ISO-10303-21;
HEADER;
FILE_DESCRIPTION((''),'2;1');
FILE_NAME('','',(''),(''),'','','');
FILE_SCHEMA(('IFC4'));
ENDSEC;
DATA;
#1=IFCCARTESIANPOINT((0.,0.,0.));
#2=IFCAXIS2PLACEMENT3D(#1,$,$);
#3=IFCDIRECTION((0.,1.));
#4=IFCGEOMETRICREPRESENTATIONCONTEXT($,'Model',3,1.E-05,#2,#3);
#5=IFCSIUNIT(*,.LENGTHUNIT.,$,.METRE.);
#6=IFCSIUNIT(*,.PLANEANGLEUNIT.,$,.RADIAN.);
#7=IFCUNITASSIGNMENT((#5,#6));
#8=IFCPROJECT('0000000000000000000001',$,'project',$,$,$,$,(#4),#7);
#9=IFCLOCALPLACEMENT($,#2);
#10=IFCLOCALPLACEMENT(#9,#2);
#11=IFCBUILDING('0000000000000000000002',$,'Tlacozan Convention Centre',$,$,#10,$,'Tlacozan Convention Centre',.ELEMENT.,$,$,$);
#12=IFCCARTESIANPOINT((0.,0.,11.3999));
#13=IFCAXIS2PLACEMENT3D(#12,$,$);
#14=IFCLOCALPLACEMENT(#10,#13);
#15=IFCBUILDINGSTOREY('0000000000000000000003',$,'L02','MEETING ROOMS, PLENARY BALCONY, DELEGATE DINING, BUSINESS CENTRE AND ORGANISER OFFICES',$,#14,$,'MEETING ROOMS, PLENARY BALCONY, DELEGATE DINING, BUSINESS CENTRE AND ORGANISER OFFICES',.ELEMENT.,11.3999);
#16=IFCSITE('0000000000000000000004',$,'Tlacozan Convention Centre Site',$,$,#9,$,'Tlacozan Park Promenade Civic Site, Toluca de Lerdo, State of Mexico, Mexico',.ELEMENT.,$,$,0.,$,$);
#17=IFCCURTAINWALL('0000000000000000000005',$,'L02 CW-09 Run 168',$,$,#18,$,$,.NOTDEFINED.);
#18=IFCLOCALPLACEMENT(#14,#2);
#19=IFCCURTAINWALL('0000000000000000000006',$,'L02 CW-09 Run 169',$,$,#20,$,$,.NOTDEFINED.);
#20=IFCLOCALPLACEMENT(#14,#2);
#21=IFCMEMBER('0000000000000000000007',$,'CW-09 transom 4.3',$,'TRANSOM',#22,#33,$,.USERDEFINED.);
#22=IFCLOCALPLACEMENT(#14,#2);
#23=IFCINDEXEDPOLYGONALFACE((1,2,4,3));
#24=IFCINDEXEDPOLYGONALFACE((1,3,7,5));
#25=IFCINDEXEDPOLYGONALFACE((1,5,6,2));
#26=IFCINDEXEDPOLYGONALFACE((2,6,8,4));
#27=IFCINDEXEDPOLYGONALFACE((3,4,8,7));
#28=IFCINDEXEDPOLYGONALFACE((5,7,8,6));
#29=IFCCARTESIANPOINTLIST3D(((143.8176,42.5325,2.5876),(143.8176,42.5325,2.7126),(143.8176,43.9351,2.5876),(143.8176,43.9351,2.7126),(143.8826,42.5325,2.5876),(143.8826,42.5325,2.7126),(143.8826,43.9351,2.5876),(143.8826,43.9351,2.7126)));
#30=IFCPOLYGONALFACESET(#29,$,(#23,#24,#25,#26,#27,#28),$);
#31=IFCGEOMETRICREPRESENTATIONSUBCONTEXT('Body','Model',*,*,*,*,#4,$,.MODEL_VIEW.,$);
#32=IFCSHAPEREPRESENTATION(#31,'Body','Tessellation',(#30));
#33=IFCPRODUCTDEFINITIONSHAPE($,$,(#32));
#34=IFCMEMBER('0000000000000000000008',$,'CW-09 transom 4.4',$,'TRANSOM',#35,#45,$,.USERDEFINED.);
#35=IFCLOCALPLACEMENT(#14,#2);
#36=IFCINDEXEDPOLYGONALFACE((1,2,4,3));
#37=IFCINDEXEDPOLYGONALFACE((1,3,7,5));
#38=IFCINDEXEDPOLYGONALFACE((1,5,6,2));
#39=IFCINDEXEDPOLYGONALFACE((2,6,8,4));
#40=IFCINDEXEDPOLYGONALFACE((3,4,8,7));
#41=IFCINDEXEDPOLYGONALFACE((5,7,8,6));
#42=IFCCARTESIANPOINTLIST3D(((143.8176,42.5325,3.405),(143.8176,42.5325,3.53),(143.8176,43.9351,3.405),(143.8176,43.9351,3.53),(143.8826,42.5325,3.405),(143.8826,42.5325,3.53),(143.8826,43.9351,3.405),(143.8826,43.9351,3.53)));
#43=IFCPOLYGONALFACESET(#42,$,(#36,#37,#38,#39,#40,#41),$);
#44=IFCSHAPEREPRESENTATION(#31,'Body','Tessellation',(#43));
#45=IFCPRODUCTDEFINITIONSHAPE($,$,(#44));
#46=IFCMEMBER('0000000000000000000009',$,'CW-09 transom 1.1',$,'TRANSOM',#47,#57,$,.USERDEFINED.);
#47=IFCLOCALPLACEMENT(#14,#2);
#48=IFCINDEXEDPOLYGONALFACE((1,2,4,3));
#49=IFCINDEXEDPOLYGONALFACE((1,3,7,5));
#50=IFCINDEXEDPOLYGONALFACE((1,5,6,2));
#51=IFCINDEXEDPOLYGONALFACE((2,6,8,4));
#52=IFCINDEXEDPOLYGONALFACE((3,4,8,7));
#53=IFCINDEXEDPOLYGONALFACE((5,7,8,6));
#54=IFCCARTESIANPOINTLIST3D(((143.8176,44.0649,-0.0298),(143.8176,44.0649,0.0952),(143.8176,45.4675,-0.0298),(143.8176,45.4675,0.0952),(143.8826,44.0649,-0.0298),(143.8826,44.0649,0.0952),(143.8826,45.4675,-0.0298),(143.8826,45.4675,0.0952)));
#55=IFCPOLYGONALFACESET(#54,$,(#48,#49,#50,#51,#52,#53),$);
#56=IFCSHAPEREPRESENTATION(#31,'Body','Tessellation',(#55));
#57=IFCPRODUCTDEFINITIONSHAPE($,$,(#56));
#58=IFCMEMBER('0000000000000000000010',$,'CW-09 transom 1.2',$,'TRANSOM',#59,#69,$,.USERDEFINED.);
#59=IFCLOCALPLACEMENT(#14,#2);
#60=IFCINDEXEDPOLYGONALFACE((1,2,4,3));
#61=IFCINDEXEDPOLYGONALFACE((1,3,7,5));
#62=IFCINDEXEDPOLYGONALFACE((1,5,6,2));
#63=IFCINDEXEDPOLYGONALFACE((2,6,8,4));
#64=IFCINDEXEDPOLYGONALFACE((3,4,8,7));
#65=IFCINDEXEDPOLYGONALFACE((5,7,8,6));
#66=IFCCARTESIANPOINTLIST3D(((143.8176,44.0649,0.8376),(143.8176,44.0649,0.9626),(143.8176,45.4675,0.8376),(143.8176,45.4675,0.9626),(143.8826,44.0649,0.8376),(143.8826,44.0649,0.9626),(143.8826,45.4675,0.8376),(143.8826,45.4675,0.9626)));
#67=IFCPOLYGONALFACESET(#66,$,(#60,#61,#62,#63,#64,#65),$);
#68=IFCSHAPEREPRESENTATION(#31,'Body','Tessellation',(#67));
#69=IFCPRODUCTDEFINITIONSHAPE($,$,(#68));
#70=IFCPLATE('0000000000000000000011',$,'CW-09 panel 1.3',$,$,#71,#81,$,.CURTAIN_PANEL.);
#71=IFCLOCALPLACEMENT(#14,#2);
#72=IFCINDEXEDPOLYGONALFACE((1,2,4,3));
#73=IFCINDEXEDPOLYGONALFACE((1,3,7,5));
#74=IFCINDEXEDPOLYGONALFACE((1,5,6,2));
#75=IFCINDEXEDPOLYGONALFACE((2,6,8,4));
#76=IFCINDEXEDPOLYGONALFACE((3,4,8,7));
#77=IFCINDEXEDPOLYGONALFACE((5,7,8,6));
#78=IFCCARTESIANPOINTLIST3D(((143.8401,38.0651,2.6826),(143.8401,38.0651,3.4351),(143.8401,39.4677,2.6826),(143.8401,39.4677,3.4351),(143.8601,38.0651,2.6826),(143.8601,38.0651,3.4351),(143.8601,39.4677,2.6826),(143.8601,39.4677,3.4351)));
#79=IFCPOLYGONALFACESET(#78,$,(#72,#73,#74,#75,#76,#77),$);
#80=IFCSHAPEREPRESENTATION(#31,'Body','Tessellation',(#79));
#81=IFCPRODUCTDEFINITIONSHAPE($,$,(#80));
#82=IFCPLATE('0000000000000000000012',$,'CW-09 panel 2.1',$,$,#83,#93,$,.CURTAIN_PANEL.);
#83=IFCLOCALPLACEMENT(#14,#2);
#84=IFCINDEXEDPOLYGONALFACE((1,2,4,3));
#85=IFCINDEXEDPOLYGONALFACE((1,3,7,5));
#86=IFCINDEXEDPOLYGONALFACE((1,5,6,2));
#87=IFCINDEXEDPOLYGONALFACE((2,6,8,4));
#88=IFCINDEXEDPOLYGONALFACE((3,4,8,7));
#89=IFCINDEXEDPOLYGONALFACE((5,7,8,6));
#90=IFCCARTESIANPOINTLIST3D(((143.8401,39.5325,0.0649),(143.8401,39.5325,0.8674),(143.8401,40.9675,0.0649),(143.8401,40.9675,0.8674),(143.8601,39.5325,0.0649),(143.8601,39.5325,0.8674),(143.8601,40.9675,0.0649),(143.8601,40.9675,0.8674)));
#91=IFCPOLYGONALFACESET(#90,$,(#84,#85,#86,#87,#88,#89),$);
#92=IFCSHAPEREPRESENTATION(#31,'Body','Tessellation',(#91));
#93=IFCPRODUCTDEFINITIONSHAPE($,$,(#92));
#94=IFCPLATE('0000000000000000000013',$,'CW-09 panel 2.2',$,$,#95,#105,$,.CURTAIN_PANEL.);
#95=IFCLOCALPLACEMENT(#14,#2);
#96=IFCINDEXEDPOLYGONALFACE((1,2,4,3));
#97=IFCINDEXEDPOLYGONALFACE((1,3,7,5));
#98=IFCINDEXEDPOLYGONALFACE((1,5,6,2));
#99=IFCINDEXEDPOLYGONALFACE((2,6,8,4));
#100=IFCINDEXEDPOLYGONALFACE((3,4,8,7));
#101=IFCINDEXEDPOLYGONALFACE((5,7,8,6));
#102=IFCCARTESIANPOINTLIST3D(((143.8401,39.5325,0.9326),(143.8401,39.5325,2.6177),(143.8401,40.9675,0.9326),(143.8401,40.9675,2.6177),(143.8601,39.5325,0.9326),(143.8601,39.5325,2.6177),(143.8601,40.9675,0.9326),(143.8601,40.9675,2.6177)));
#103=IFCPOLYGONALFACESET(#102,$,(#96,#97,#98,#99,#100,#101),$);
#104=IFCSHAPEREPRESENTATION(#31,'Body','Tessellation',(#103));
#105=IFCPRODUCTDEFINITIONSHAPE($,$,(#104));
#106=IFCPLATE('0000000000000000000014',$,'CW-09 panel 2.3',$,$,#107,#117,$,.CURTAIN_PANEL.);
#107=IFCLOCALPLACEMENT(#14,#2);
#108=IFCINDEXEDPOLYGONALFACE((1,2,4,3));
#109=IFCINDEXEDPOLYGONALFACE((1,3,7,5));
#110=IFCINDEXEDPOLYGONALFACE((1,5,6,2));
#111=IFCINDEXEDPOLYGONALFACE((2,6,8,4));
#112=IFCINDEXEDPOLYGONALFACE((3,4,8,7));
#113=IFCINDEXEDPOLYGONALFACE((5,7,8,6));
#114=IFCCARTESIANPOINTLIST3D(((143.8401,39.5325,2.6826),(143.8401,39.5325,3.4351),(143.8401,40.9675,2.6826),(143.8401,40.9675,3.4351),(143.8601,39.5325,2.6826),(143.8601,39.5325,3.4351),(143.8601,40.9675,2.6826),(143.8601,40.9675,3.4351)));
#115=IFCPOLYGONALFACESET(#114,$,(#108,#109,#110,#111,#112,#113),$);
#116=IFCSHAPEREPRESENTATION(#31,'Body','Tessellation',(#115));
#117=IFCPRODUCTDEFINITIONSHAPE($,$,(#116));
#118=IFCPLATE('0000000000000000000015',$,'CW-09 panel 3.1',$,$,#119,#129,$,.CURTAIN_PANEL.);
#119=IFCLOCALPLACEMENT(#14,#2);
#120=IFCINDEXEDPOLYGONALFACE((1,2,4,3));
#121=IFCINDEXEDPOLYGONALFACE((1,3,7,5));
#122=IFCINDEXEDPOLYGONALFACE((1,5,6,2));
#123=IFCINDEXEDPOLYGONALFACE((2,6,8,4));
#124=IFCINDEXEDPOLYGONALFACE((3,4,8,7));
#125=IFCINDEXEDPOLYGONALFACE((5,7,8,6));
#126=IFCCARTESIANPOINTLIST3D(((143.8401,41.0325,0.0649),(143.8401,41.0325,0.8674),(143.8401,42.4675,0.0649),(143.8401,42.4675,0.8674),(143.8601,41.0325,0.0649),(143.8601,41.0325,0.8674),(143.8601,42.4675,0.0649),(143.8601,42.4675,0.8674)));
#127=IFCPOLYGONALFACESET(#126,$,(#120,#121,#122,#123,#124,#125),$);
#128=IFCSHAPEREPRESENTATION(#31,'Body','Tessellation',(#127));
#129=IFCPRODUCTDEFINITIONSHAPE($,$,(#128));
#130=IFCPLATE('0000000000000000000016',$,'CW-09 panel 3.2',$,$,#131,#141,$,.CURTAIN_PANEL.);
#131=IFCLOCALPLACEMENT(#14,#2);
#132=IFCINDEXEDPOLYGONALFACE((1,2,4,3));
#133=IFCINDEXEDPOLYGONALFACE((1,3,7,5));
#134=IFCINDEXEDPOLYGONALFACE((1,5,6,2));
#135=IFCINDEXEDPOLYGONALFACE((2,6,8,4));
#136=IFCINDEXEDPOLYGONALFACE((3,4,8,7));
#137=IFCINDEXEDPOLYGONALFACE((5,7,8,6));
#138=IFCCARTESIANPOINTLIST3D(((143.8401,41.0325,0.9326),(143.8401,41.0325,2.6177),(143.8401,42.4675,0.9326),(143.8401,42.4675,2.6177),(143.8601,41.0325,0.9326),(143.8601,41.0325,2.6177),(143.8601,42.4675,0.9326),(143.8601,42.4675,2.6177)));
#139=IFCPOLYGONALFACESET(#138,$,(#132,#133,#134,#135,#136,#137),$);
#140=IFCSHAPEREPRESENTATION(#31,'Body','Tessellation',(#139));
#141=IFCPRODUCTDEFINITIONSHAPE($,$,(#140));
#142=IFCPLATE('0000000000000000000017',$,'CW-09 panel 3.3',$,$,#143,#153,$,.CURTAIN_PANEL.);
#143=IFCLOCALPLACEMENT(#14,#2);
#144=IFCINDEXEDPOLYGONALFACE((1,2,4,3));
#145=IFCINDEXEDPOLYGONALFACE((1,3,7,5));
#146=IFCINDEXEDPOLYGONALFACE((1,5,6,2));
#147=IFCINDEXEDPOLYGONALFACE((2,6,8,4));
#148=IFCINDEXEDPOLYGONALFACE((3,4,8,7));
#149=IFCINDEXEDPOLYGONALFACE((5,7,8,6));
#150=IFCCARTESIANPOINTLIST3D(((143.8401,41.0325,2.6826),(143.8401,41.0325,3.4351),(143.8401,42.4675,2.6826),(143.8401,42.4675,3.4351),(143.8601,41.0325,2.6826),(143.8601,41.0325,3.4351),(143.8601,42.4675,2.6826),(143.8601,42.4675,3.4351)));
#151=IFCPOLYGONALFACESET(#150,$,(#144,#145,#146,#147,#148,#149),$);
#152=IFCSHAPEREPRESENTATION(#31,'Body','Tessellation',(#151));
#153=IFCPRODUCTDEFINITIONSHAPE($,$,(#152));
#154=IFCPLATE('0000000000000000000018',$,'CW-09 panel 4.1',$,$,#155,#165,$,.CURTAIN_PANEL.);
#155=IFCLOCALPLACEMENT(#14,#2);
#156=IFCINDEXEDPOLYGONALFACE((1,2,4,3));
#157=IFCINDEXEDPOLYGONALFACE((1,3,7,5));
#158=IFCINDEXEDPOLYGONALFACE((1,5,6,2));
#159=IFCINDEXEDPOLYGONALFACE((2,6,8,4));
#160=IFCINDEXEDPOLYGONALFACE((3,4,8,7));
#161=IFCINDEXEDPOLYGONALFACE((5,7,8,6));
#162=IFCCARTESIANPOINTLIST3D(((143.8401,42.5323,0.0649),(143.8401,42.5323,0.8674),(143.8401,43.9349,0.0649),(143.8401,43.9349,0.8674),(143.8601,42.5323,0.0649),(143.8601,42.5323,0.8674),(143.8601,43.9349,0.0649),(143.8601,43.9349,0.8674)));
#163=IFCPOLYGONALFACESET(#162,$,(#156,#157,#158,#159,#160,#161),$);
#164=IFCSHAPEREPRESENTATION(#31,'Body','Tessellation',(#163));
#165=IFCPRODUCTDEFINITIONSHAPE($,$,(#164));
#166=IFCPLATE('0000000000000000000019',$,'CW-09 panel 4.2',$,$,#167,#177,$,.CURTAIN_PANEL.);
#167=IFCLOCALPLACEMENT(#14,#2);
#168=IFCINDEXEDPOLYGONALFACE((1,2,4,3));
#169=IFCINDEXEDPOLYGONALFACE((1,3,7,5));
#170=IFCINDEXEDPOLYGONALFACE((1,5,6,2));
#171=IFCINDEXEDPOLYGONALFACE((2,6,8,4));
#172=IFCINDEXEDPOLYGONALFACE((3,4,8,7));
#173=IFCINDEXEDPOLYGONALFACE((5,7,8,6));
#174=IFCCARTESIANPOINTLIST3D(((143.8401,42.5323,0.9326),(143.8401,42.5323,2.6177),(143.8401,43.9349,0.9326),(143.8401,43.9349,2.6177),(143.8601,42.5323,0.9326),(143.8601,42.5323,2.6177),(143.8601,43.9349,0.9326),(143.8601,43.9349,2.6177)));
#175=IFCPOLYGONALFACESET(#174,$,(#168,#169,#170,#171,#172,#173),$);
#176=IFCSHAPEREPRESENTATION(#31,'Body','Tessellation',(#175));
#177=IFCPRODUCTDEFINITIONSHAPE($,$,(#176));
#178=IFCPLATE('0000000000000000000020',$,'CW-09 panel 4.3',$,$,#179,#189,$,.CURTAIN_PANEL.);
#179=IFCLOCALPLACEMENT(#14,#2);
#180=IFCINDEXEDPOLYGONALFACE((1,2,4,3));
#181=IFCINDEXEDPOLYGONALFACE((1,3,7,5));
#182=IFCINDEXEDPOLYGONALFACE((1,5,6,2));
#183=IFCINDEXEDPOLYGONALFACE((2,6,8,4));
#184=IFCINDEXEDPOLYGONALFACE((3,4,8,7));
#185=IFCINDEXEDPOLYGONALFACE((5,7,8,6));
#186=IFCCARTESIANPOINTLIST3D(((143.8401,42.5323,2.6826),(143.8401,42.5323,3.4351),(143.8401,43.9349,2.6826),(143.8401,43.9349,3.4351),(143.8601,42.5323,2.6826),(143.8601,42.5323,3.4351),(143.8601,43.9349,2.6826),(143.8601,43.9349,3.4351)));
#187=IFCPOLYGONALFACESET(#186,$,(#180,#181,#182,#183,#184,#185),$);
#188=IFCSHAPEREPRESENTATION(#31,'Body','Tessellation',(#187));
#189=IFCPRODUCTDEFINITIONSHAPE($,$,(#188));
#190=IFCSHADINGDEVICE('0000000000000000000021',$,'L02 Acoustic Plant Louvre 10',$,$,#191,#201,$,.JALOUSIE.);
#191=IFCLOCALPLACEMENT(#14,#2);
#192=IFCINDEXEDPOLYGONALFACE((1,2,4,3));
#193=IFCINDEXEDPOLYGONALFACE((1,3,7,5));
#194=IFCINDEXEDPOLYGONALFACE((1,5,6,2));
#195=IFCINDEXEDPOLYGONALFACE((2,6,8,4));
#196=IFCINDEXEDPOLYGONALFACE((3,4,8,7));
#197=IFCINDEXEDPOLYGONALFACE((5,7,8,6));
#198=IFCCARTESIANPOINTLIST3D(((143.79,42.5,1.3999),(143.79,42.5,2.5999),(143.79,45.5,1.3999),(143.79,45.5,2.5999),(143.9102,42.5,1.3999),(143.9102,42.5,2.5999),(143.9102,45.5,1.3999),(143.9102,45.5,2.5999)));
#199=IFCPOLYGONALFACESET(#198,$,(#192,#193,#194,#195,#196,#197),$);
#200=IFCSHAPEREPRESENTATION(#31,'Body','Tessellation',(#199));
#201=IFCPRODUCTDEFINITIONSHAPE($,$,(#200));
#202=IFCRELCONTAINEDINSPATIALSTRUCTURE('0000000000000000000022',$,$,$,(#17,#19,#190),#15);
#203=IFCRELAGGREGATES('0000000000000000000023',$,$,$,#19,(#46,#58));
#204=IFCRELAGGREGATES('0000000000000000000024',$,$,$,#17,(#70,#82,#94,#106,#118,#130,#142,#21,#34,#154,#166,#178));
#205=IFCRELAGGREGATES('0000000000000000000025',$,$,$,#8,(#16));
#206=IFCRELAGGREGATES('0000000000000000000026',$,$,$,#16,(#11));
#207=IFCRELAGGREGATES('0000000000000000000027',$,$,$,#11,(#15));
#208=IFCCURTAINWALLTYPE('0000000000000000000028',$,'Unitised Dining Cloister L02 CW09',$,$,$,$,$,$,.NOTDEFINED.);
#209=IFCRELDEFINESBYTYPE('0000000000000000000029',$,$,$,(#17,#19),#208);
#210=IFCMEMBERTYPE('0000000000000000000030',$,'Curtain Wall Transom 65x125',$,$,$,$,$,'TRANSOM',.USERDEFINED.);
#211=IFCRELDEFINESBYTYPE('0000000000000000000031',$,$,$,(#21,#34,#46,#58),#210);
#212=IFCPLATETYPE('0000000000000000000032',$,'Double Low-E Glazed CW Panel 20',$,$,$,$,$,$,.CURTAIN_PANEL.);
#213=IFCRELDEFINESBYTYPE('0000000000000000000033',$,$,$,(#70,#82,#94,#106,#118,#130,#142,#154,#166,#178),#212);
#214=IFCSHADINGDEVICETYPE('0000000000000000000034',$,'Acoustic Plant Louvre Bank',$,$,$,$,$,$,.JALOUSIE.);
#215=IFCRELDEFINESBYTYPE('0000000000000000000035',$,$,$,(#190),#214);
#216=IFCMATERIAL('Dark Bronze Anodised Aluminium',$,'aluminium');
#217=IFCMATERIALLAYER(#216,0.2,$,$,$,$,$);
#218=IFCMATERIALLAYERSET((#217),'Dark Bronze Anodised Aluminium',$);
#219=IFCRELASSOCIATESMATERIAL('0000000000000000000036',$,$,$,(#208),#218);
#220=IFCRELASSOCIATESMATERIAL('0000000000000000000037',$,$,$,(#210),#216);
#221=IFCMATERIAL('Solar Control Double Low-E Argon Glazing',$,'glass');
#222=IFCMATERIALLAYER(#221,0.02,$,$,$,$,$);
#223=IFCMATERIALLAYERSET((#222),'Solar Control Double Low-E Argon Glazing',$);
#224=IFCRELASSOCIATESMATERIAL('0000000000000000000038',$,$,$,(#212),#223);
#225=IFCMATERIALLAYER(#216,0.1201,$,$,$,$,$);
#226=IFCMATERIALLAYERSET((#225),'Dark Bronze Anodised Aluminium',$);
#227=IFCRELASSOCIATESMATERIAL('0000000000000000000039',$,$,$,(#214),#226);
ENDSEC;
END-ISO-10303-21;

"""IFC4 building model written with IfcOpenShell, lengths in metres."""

from ifc_helpers import new_model, si_unit, direction, frame, origin, origin_2d, place, context, subcontext, project, spatial, rectangle, extrude, material, layer, layer_set, material_profile, profile_set, type_object, element, aggregate, save


model = new_model("IFC4")

# Units and contexts
model_context = context("Model", 3, precision=1e-05, world=origin(), true_north=direction((0.0, 1.0)))
body_context = subcontext(model_context, "Body", "Model", "MODEL_VIEW")
ifc_project = project(units=[si_unit("LENGTHUNIT", "METRE"), si_unit("PLANEANGLEUNIT", "RADIAN")], contexts=[model_context])

# Site, building, storey
site_placement = place(None, origin())
site = spatial("IfcSite", under=ifc_project, at=site_placement, Name="Tlacozan Convention Centre Site", LongName="Tlacozan Park Promenade Civic Site, Toluca de Lerdo, State of Mexico, Mexico", CompositionType="ELEMENT", RefElevation=0.0)
building_placement = place(site_placement, origin())
building = spatial("IfcBuilding", under=site, at=building_placement, Name="Tlacozan Convention Centre", LongName="Tlacozan Convention Centre", CompositionType="ELEMENT")
storey_placement = place(building_placement, frame((0.0, 0.0, 11.3999)))
storey = spatial("IfcBuildingStorey", under=building, at=storey_placement, Name="L02", Description="MEETING ROOMS, PLENARY BALCONY, DELEGATE DINING, BUSINESS CENTRE AND ORGANISER OFFICES", LongName="MEETING ROOMS, PLENARY BALCONY, DELEGATE DINING, BUSINESS CENTRE AND ORGANISER OFFICES", CompositionType="ELEMENT", Elevation=11.3999)

# Curtain wall
ifc_material_1 = material(Name="Dark Bronze Anodised Aluminium", Category="aluminium")
ifc_layer_1 = layer(ifc_material_1, 0.2)
ifc_layer_set_1 = layer_set([ifc_layer_1], Name="Dark Bronze Anodised Aluminium")
curtain_wall_type = type_object("IfcCurtainWallType", Name="Unitised Dining Cloister L02 CW09", PredefinedType="NOTDEFINED", material=ifc_layer_set_1)
curtain_wall_1_placement = place(storey_placement, origin())
curtain_wall_1 = element("IfcCurtainWall", 1, at=curtain_wall_1_placement, inside=storey, type_object=curtain_wall_type, Name="L02 CW-09 Run 168", PredefinedType="NOTDEFINED")

# Curtain wall
curtain_wall_2_placement = place(storey_placement, origin())
curtain_wall_2 = element("IfcCurtainWall", 2, at=curtain_wall_2_placement, inside=storey, type_object=curtain_wall_type, Name="L02 CW-09 Run 169", PredefinedType="NOTDEFINED")

# Members
ifc_material_profile_1 = material_profile(ifc_material_1, rectangle(XDim=0.0649, YDim=0.125, at=origin_2d()), Name="ALU 65x125")
ifc_profile_set_1 = profile_set([ifc_material_profile_1], Name="Dark Bronze Anodised Aluminium")
member_type_1 = type_object("IfcMemberType", Name="Curtain Wall Transom 65x125", ElementType="TRANSOM", PredefinedType="USERDEFINED", material=ifc_profile_set_1)
member_1_placement = place(storey_placement, frame((143.8501, 42.5325, 2.6501), z_axis=(0.0, 1.0, 0.0), x_axis=(-1.0, 0.0, 0.0)))
member_1 = element("IfcMember", 3, at=member_1_placement, type_object=member_type_1, Name="CW-09 transom 4.3", ObjectType="TRANSOM", PredefinedType="USERDEFINED", context=body_context, shape_type="SweptSolid", body=[
    extrude(rectangle(XDim=0.0649, YDim=0.125, at=origin_2d()), origin(), (0.0, 0.0, 1.0), 1.4026),
])
member_2_placement = place(storey_placement, frame((143.8501, 42.5325, 3.4675), z_axis=(0.0, 1.0, 0.0), x_axis=(-1.0, 0.0, 0.0)))
member_2 = element("IfcMember", 4, at=member_2_placement, type_object=member_type_1, Name="CW-09 transom 4.4", ObjectType="TRANSOM", PredefinedType="USERDEFINED", context=body_context, shape_type="SweptSolid", body=[
    extrude(rectangle(XDim=0.0649, YDim=0.125, at=origin_2d()), origin(), (0.0, 0.0, 1.0), 1.4026),
])
member_3_placement = place(storey_placement, frame((143.8501, 44.0649, 0.0327), z_axis=(0.0, 1.0, 0.0), x_axis=(-1.0, 0.0, 0.0)))
member_3 = element("IfcMember", 5, at=member_3_placement, type_object=member_type_1, Name="CW-09 transom 1.1", ObjectType="TRANSOM", PredefinedType="USERDEFINED", context=body_context, shape_type="SweptSolid", body=[
    extrude(rectangle(XDim=0.0649, YDim=0.125, at=origin_2d()), origin(), (0.0, 0.0, 1.0), 1.4026),
])
member_4_placement = place(storey_placement, frame((143.8501, 44.0649, 0.9001), z_axis=(0.0, 1.0, 0.0), x_axis=(-1.0, 0.0, 0.0)))
member_4 = element("IfcMember", 6, at=member_4_placement, type_object=member_type_1, Name="CW-09 transom 1.2", ObjectType="TRANSOM", PredefinedType="USERDEFINED", context=body_context, shape_type="SweptSolid", body=[
    extrude(rectangle(XDim=0.0649, YDim=0.125, at=origin_2d()), origin(), (0.0, 0.0, 1.0), 1.4026),
])
aggregate(curtain_wall_2, [member_3, member_4])

# Plates
ifc_material_2 = material(Name="Solar Control Double Low-E Argon Glazing", Category="glass")
ifc_layer_2 = layer(ifc_material_2, 0.02)
ifc_layer_set_2 = layer_set([ifc_layer_2], Name="Solar Control Double Low-E Argon Glazing")
plate_type = type_object("IfcPlateType", Name="Double Low-E Glazed CW Panel 20", PredefinedType="CURTAIN_PANEL", material=ifc_layer_set_2)
plate_1_placement = place(storey_placement, frame((143.8501, 38.7664, 2.6826), z_axis=(0.0, 0.0, 1.0), x_axis=(0.0, 1.0, 0.0)))
plate_1 = element("IfcPlate", 7, at=plate_1_placement, type_object=plate_type, Name="CW-09 panel 1.3", PredefinedType="CURTAIN_PANEL", context=body_context, shape_type="SweptSolid", body=[
    extrude(rectangle(XDim=1.4026, YDim=0.02, at=origin_2d()), origin(), (0.0, 0.0, 1.0), 0.7524),
])
plate_2_placement = place(storey_placement, frame((143.8501, 40.25, 0.0649), z_axis=(0.0, 0.0, 1.0), x_axis=(0.0, 1.0, 0.0)))
plate_2 = element("IfcPlate", 8, at=plate_2_placement, type_object=plate_type, Name="CW-09 panel 2.1", PredefinedType="CURTAIN_PANEL", context=body_context, shape_type="SweptSolid", body=[
    extrude(rectangle(XDim=1.4351, YDim=0.02, at=origin_2d()), origin(), (0.0, 0.0, 1.0), 0.8025),
])
plate_3_placement = place(storey_placement, frame((143.8501, 40.25, 0.9326), z_axis=(0.0, 0.0, 1.0), x_axis=(0.0, 1.0, 0.0)))
plate_3 = element("IfcPlate", 9, at=plate_3_placement, type_object=plate_type, Name="CW-09 panel 2.2", PredefinedType="CURTAIN_PANEL", context=body_context, shape_type="SweptSolid", body=[
    extrude(rectangle(XDim=1.4351, YDim=0.02, at=origin_2d()), origin(), (0.0, 0.0, 1.0), 1.6851),
])
plate_4_placement = place(storey_placement, frame((143.8501, 40.25, 2.6826), z_axis=(0.0, 0.0, 1.0), x_axis=(0.0, 1.0, 0.0)))
plate_4 = element("IfcPlate", 10, at=plate_4_placement, type_object=plate_type, Name="CW-09 panel 2.3", PredefinedType="CURTAIN_PANEL", context=body_context, shape_type="SweptSolid", body=[
    extrude(rectangle(XDim=1.4351, YDim=0.02, at=origin_2d()), origin(), (0.0, 0.0, 1.0), 0.7524),
])
plate_5_placement = place(storey_placement, frame((143.8501, 41.75, 0.0649), z_axis=(0.0, 0.0, 1.0), x_axis=(0.0, 1.0, 0.0)))
plate_5 = element("IfcPlate", 11, at=plate_5_placement, type_object=plate_type, Name="CW-09 panel 3.1", PredefinedType="CURTAIN_PANEL", context=body_context, shape_type="SweptSolid", body=[
    extrude(rectangle(XDim=1.4351, YDim=0.02, at=origin_2d()), origin(), (0.0, 0.0, 1.0), 0.8025),
])
plate_6_placement = place(storey_placement, frame((143.8501, 41.75, 0.9326), z_axis=(0.0, 0.0, 1.0), x_axis=(0.0, 1.0, 0.0)))
plate_6 = element("IfcPlate", 12, at=plate_6_placement, type_object=plate_type, Name="CW-09 panel 3.2", PredefinedType="CURTAIN_PANEL", context=body_context, shape_type="SweptSolid", body=[
    extrude(rectangle(XDim=1.4351, YDim=0.02, at=origin_2d()), origin(), (0.0, 0.0, 1.0), 1.6851),
])
plate_7_placement = place(storey_placement, frame((143.8501, 41.75, 2.6826), z_axis=(0.0, 0.0, 1.0), x_axis=(0.0, 1.0, 0.0)))
plate_7 = element("IfcPlate", 13, at=plate_7_placement, type_object=plate_type, Name="CW-09 panel 3.3", PredefinedType="CURTAIN_PANEL", context=body_context, shape_type="SweptSolid", body=[
    extrude(rectangle(XDim=1.4351, YDim=0.02, at=origin_2d()), origin(), (0.0, 0.0, 1.0), 0.7524),
])
plate_8_placement = place(storey_placement, frame((143.8501, 43.2336, 0.0649), z_axis=(0.0, 0.0, 1.0), x_axis=(0.0, 1.0, 0.0)))
plate_8 = element("IfcPlate", 14, at=plate_8_placement, type_object=plate_type, Name="CW-09 panel 4.1", PredefinedType="CURTAIN_PANEL", context=body_context, shape_type="SweptSolid", body=[
    extrude(rectangle(XDim=1.4026, YDim=0.02, at=origin_2d()), origin(), (0.0, 0.0, 1.0), 0.8025),
])
plate_9_placement = place(storey_placement, frame((143.8501, 43.2336, 0.9326), z_axis=(0.0, 0.0, 1.0), x_axis=(0.0, 1.0, 0.0)))
plate_9 = element("IfcPlate", 15, at=plate_9_placement, type_object=plate_type, Name="CW-09 panel 4.2", PredefinedType="CURTAIN_PANEL", context=body_context, shape_type="SweptSolid", body=[
    extrude(rectangle(XDim=1.4026, YDim=0.02, at=origin_2d()), origin(), (0.0, 0.0, 1.0), 1.6851),
])
plate_10_placement = place(storey_placement, frame((143.8501, 43.2336, 2.6826), z_axis=(0.0, 0.0, 1.0), x_axis=(0.0, 1.0, 0.0)))
plate_10 = element("IfcPlate", 16, at=plate_10_placement, type_object=plate_type, Name="CW-09 panel 4.3", PredefinedType="CURTAIN_PANEL", context=body_context, shape_type="SweptSolid", body=[
    extrude(rectangle(XDim=1.4026, YDim=0.02, at=origin_2d()), origin(), (0.0, 0.0, 1.0), 0.7524),
])
aggregate(curtain_wall_1, [plate_1, plate_2, plate_3, plate_4, plate_5, plate_6, plate_7, member_1, member_2, plate_8, plate_9, plate_10])

# Shading device
ifc_layer_3 = layer(ifc_material_1, 0.1201)
ifc_layer_set_3 = layer_set([ifc_layer_3], Name="Dark Bronze Anodised Aluminium")
shading_device_type = type_object("IfcShadingDeviceType", Name="Acoustic Plant Louvre Bank", PredefinedType="JALOUSIE", material=ifc_layer_set_3)
shading_device_placement = place(storey_placement, frame((143.8501, 44.0, 1.3999), z_axis=(0.0, 0.0, 1.0), x_axis=(0.0, 1.0, 0.0)))
element("IfcShadingDevice", 17, at=shading_device_placement, inside=storey, type_object=shading_device_type, Name="L02 Acoustic Plant Louvre 10", PredefinedType="JALOUSIE", context=body_context, shape_type="SweptSolid", body=[
    extrude(rectangle(XDim=3.0, YDim=0.1201, at=origin_2d()), origin(), (0.0, 0.0, 1.0), 1.2),
])

save(model, "model.ifc")
